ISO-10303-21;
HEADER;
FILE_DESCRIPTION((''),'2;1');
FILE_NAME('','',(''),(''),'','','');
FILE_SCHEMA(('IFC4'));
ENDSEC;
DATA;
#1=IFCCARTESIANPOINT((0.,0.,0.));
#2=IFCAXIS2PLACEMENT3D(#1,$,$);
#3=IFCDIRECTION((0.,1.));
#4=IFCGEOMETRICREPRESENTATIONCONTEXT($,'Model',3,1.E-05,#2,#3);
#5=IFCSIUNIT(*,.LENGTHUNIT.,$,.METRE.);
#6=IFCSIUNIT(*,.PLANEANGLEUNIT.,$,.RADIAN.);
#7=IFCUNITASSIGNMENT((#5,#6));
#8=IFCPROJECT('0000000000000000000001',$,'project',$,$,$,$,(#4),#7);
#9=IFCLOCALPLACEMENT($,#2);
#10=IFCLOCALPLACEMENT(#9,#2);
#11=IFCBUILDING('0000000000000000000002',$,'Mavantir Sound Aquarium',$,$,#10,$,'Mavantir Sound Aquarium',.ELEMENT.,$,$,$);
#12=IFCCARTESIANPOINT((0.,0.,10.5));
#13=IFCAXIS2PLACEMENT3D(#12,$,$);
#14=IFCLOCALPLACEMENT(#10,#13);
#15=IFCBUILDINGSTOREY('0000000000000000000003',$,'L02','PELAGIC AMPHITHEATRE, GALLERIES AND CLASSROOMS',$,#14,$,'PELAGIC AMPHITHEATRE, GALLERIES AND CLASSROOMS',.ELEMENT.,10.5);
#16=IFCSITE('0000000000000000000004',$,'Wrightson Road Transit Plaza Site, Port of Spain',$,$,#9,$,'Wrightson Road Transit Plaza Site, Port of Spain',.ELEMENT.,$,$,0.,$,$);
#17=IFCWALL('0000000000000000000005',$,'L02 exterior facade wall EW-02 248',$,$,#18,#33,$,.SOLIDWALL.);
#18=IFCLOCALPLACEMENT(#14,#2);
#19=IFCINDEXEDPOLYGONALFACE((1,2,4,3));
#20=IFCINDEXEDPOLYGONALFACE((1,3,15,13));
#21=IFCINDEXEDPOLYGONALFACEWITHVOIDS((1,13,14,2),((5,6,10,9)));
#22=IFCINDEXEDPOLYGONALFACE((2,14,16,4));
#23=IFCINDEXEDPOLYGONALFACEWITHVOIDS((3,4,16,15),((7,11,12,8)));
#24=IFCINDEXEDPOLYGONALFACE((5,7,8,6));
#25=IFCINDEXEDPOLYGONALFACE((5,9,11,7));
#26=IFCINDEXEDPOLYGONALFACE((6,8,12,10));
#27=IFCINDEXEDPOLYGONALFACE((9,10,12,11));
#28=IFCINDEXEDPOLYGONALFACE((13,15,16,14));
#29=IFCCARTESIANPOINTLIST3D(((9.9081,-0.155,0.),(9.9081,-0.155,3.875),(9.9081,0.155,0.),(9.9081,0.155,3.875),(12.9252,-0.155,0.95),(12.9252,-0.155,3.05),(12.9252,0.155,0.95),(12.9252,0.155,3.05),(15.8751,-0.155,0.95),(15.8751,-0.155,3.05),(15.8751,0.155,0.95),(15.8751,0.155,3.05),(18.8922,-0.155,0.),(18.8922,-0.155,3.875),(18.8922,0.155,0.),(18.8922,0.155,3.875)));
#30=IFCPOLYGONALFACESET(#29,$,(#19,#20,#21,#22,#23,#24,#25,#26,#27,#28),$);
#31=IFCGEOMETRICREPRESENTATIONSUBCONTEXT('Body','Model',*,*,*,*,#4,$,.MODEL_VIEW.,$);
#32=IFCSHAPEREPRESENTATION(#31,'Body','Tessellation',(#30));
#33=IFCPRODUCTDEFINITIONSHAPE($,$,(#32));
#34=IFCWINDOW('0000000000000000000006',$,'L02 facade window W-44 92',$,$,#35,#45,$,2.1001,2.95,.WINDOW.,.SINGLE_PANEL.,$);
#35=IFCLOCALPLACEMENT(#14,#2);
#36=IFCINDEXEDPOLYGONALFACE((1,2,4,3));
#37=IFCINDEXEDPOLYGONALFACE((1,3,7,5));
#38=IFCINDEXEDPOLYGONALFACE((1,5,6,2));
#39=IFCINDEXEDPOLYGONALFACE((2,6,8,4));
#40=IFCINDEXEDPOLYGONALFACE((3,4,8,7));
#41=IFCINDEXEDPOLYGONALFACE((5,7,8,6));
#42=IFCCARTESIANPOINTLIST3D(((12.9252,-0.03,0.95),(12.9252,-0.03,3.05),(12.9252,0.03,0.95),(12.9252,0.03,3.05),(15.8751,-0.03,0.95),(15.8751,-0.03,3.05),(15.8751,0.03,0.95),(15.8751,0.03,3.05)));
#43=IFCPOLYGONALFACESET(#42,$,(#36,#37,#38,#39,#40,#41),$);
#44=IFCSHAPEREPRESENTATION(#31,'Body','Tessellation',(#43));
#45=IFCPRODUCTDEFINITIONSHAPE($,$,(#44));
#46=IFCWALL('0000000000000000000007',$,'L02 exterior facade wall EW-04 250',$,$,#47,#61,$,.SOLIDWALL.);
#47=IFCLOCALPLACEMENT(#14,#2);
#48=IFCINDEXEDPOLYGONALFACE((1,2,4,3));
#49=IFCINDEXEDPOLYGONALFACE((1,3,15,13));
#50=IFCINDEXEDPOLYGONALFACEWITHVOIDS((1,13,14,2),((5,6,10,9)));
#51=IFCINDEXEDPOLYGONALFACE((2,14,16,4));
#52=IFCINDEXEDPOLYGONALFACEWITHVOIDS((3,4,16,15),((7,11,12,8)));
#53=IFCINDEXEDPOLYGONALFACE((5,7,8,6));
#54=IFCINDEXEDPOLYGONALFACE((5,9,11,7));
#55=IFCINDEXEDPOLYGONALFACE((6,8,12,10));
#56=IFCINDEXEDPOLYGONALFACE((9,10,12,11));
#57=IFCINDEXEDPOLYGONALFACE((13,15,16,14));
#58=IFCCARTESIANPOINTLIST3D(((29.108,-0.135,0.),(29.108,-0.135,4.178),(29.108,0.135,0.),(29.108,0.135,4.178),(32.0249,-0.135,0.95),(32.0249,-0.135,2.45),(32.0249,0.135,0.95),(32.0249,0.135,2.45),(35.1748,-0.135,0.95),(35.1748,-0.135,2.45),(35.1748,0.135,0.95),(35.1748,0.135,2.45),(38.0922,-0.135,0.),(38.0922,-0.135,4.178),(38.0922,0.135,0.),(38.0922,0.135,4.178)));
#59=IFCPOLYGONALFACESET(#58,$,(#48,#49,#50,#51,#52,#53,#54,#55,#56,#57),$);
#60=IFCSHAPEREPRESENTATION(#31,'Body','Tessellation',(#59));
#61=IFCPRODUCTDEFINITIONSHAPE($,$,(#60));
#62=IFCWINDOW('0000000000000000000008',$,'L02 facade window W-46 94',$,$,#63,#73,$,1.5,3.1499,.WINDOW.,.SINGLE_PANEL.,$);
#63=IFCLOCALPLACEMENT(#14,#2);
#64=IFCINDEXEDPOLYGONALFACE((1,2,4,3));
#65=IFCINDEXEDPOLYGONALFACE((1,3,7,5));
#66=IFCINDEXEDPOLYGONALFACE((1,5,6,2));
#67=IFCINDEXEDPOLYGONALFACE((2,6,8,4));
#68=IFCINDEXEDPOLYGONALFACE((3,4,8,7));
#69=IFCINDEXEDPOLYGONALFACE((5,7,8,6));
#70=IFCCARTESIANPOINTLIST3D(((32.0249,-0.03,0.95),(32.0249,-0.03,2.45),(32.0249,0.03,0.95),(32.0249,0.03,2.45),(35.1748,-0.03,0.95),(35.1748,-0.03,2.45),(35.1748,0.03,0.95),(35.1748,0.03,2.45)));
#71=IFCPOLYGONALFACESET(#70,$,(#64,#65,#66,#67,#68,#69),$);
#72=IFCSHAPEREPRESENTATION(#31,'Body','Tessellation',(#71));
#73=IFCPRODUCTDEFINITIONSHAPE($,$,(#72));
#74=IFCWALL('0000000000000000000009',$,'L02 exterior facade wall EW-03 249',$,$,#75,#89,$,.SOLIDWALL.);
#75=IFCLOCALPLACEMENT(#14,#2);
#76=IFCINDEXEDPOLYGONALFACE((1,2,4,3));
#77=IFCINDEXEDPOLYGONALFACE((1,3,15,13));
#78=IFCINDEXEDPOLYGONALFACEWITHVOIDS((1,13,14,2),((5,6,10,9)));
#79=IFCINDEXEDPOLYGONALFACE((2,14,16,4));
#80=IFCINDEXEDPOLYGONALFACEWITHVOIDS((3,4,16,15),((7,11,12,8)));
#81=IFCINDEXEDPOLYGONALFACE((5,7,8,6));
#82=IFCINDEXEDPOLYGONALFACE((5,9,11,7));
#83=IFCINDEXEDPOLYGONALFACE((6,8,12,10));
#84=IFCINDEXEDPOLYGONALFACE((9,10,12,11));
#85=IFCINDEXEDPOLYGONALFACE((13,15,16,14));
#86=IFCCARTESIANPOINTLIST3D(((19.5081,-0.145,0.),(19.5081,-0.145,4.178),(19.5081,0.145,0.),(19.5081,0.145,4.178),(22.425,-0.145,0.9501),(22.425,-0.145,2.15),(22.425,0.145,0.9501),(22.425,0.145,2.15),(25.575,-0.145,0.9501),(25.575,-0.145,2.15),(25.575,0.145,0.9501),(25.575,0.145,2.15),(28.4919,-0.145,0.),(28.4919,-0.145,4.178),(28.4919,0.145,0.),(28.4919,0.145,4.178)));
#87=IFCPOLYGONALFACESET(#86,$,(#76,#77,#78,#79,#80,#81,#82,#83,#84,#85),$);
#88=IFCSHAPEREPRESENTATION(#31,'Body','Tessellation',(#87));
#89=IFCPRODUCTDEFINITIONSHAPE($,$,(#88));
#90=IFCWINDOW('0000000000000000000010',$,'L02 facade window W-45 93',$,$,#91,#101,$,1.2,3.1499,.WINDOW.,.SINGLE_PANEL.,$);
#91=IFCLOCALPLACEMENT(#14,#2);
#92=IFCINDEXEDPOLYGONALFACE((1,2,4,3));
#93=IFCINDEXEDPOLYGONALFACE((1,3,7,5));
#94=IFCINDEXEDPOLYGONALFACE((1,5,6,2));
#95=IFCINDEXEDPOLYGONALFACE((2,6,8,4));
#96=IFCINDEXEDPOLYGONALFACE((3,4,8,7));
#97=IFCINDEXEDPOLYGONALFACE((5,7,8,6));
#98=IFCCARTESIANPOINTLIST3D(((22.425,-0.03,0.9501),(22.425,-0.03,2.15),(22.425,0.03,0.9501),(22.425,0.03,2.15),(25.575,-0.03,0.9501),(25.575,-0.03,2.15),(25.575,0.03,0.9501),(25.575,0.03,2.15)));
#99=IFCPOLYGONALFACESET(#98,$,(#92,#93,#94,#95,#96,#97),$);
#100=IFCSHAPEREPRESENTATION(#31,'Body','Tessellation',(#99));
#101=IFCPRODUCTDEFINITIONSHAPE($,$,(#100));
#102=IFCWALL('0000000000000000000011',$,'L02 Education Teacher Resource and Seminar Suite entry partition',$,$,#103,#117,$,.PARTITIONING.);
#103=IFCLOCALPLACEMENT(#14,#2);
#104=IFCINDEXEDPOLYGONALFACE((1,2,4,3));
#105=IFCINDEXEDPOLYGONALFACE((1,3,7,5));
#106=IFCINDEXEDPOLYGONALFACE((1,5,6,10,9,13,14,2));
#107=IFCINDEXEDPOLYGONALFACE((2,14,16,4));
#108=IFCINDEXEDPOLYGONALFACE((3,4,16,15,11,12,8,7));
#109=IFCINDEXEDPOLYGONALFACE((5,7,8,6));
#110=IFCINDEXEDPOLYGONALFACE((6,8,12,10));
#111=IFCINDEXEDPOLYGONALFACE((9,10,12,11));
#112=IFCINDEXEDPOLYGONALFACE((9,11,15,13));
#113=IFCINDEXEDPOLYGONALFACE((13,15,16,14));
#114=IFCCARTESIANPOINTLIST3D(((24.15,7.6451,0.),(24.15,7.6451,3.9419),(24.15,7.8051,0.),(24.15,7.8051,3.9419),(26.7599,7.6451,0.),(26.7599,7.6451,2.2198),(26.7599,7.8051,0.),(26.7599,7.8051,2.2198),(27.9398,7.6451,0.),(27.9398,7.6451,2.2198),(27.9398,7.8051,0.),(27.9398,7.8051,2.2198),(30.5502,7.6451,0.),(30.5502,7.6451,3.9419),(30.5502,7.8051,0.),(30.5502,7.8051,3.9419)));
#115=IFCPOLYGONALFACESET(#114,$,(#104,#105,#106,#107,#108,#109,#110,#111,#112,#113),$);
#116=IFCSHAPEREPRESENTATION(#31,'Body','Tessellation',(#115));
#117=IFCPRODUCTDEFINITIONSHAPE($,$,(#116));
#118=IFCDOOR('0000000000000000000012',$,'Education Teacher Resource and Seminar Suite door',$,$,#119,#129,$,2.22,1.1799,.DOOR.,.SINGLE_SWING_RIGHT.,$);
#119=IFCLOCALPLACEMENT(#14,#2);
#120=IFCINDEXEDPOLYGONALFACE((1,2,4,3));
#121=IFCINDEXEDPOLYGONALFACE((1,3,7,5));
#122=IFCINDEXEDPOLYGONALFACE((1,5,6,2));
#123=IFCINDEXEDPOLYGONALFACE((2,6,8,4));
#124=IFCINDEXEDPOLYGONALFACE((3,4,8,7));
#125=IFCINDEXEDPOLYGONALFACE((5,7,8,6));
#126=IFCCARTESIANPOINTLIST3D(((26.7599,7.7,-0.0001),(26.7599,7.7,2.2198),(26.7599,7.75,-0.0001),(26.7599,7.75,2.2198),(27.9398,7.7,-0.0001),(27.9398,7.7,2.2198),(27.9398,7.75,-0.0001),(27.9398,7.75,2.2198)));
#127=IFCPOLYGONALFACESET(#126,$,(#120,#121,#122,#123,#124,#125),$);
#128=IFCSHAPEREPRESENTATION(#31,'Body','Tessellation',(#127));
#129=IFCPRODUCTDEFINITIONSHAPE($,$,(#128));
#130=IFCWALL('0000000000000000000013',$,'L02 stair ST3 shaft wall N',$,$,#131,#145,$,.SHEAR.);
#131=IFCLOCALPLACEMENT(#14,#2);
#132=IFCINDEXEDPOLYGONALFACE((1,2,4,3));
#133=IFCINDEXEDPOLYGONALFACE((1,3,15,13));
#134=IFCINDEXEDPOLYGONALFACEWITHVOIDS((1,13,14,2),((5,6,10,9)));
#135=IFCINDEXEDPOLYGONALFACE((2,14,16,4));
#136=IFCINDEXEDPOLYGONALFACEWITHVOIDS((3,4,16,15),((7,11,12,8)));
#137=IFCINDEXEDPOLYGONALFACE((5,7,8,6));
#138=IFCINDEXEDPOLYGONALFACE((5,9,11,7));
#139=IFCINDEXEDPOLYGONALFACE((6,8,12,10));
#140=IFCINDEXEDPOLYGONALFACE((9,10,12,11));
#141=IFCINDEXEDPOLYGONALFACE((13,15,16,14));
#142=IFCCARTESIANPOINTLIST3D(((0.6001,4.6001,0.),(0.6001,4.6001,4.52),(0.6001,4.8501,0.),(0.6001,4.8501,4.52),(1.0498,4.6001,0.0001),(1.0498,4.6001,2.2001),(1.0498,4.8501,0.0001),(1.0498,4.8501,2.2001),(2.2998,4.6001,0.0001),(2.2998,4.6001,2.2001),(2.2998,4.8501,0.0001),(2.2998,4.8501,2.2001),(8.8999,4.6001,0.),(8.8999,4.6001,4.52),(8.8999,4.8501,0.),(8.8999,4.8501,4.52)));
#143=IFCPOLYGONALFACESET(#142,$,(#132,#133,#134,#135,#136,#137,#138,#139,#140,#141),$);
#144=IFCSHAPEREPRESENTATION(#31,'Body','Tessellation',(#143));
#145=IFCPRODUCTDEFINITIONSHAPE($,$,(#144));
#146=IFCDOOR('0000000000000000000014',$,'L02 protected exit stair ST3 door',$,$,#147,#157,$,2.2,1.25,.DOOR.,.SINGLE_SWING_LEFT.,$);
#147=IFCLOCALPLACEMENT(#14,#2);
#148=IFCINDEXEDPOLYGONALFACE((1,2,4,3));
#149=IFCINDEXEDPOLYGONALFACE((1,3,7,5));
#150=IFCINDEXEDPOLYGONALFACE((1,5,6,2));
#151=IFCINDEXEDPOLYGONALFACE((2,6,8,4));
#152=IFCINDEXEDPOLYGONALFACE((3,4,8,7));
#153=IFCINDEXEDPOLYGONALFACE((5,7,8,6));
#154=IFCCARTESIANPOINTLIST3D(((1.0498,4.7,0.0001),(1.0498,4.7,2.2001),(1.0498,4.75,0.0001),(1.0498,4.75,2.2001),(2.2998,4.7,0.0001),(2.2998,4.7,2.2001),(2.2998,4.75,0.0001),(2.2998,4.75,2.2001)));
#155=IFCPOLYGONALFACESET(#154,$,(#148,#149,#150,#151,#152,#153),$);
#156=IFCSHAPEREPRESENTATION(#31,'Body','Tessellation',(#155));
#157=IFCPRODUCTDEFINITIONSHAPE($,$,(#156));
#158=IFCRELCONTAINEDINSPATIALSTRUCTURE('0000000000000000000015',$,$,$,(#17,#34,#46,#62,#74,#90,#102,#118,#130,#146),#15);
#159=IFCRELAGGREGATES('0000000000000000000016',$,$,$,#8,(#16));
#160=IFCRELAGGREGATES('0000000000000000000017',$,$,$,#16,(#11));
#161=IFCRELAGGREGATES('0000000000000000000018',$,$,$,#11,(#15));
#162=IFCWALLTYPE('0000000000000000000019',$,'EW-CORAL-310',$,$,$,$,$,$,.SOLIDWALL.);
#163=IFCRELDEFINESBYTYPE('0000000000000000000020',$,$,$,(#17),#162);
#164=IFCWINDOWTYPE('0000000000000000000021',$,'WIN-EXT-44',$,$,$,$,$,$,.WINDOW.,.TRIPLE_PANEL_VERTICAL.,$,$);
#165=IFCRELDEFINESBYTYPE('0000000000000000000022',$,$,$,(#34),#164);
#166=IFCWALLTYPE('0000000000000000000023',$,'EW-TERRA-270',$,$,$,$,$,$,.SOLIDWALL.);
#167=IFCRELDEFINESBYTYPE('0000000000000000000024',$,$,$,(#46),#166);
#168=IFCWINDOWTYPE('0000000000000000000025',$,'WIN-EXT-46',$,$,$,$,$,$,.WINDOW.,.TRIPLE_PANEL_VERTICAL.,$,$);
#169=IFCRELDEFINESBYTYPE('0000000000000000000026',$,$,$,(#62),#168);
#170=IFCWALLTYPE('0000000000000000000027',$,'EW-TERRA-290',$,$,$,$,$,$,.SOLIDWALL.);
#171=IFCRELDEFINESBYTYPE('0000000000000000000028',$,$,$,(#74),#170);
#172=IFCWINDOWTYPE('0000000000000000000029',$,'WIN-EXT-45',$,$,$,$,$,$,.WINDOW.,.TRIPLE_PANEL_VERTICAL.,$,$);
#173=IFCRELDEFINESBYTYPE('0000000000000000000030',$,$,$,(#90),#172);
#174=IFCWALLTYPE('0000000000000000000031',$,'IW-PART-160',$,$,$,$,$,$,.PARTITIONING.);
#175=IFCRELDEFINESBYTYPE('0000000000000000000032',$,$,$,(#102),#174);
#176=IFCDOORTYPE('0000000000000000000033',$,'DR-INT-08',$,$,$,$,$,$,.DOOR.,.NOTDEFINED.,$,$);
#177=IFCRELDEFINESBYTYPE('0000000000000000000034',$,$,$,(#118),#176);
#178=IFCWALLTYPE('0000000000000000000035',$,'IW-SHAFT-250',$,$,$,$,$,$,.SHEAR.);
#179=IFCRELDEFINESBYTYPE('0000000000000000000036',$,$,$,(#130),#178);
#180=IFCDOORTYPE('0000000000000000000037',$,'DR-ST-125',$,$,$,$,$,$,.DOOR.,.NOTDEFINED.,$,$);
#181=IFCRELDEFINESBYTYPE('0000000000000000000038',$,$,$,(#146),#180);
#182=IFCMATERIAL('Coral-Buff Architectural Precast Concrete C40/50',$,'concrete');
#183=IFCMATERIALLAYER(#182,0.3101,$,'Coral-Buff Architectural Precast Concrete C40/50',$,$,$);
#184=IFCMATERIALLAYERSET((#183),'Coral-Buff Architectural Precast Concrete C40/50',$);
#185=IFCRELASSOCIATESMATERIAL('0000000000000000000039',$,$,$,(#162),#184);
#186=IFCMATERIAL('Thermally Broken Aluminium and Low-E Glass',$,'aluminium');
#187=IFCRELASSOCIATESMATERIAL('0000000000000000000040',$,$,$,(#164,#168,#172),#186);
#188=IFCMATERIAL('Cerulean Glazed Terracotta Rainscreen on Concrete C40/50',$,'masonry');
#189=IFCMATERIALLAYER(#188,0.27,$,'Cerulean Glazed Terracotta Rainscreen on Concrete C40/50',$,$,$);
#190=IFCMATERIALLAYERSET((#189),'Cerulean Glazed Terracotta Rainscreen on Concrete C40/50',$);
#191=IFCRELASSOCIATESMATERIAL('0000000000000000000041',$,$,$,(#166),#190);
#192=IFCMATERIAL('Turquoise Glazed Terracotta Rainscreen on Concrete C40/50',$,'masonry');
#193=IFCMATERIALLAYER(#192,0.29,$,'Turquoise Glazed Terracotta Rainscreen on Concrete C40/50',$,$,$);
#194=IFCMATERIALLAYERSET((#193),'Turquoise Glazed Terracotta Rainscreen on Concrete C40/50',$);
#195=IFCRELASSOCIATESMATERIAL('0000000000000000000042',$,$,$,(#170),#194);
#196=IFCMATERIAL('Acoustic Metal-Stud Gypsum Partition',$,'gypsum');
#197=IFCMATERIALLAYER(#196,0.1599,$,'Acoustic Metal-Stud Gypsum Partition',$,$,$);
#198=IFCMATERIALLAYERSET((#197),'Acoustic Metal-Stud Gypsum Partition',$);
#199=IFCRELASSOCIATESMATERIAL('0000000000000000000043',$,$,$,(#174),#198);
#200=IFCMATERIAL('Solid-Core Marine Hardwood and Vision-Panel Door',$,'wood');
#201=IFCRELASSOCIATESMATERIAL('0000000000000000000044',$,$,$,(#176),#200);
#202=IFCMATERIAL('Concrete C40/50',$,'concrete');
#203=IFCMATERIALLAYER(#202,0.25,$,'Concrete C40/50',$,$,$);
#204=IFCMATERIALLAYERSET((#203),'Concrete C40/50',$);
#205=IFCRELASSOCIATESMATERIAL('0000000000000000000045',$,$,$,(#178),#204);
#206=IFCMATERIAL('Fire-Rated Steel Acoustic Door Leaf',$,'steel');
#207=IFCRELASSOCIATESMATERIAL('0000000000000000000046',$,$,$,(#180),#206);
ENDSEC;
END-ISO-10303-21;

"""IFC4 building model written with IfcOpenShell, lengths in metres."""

from ifc_helpers import new_model, si_unit, direction, frame, frame_2d, origin, place, context, subcontext, project, spatial, rectangle, extrude, material, layer, layer_set, type_object, element, fill, save


model = new_model("IFC4")

# Units and contexts
model_context = context("Model", 3, precision=1e-05, world=origin(), true_north=direction((0.0, 1.0)))
body_context = subcontext(model_context, "Body", "Model", "MODEL_VIEW")
ifc_project = project(units=[si_unit("LENGTHUNIT", "METRE"), si_unit("PLANEANGLEUNIT", "RADIAN")], contexts=[model_context])

# Site, building, storey
site_placement = place(None, origin())
site = spatial("IfcSite", under=ifc_project, at=site_placement, Name="Wrightson Road Transit Plaza Site, Port of Spain", LongName="Wrightson Road Transit Plaza Site, Port of Spain", CompositionType="ELEMENT", RefElevation=0.0)
building_placement = place(site_placement, origin())
building = spatial("IfcBuilding", under=site, at=building_placement, Name="Mavantir Sound Aquarium", LongName="Mavantir Sound Aquarium", CompositionType="ELEMENT")
storey_placement = place(building_placement, frame((0.0, 0.0, 10.5)))
storey = spatial("IfcBuildingStorey", under=building, at=storey_placement, Name="L02", Description="PELAGIC AMPHITHEATRE, GALLERIES AND CLASSROOMS", LongName="PELAGIC AMPHITHEATRE, GALLERIES AND CLASSROOMS", CompositionType="ELEMENT", Elevation=10.5)

# Shared definitions
ifc_material_1 = material(Name="Concrete C40/50", Category="concrete")

# Walls, openings, windows
ifc_material_2 = material(Name="Coral-Buff Architectural Precast Concrete C40/50", Category="concrete")
ifc_layer_1 = layer(ifc_material_2, 0.3101, Name="Coral-Buff Architectural Precast Concrete C40/50")
ifc_layer_set_1 = layer_set([ifc_layer_1], Name="Coral-Buff Architectural Precast Concrete C40/50")
wall_type_1 = type_object("IfcWallType", Name="EW-CORAL-310", PredefinedType="SOLIDWALL", material=ifc_layer_set_1)
wall_1_placement = place(storey_placement, frame((9.908, 0.0, 0.0), z_axis=(0.0, 0.0, 1.0), x_axis=(1.0, 0.0, 0.0)))
wall_1 = element("IfcWall", 1, at=wall_1_placement, inside=storey, type_object=wall_type_1, Name="L02 exterior facade wall EW-02 248", PredefinedType="SOLIDWALL", context=body_context, shape_type="SweptSolid", body=[
    extrude(rectangle(XDim=8.9841, YDim=0.3101, at=frame_2d((4.4922, 0.0))), origin(), (0.0, 0.0, 1.0), 3.875),
])
opening_1_placement = place(wall_1_placement, frame((3.0171, 0.0, 0.95)))
opening_1 = element("IfcOpeningElement", 2, at=opening_1_placement, cuts=wall_1, PredefinedType="OPENING", context=body_context, shape_type="SweptSolid", body=[
    extrude(rectangle(XDim=2.95, YDim=2.1001, at=frame_2d((1.4751, 1.05))), frame((0.0, 0.165, 0.0), z_axis=(0.0, -1.0, 0.0), x_axis=(1.0, 0.0, 0.0)), (0.0, 0.0, 1.0), 0.3301),
])
ifc_material_3 = material(Name="Thermally Broken Aluminium and Low-E Glass", Category="aluminium")
window_type_1 = type_object("IfcWindowType", Name="WIN-EXT-44", PartitioningType="TRIPLE_PANEL_VERTICAL", PredefinedType="WINDOW", material=ifc_material_3)
window_1_placement = place(opening_1_placement, origin())
window_1 = element("IfcWindow", 3, at=window_1_placement, inside=storey, type_object=window_type_1, Name="L02 facade window W-44 92", OverallHeight=2.1001, OverallWidth=2.95, PartitioningType="SINGLE_PANEL", PredefinedType="WINDOW", context=body_context, shape_type="SweptSolid", body=[
    extrude(rectangle(XDim=2.95, YDim=2.1001, at=frame_2d((1.4751, 1.05))), frame((0.0, 0.03, 0.0), z_axis=(0.0, -1.0, 0.0), x_axis=(1.0, 0.0, 0.0)), (0.0, 0.0, 1.0), 0.0601),
])
fill(opening_1, window_1)
ifc_material_4 = material(Name="Cerulean Glazed Terracotta Rainscreen on Concrete C40/50", Category="masonry")
ifc_layer_2 = layer(ifc_material_4, 0.27, Name="Cerulean Glazed Terracotta Rainscreen on Concrete C40/50")
ifc_layer_set_2 = layer_set([ifc_layer_2], Name="Cerulean Glazed Terracotta Rainscreen on Concrete C40/50")
wall_type_2 = type_object("IfcWallType", Name="EW-TERRA-270", PredefinedType="SOLIDWALL", material=ifc_layer_set_2)
wall_2_placement = place(storey_placement, frame((29.1079, 0.0, 0.0), z_axis=(0.0, 0.0, 1.0), x_axis=(1.0, 0.0, 0.0)))
wall_2 = element("IfcWall", 4, at=wall_2_placement, inside=storey, type_object=wall_type_2, Name="L02 exterior facade wall EW-04 250", PredefinedType="SOLIDWALL", context=body_context, shape_type="SweptSolid", body=[
    extrude(rectangle(XDim=8.9841, YDim=0.27, at=frame_2d((4.4922, 0.0))), origin(), (0.0, 0.0, 1.0), 4.178),
])
opening_2_placement = place(wall_2_placement, frame((2.917, 0.0, 0.95)))
opening_2 = element("IfcOpeningElement", 5, at=opening_2_placement, cuts=wall_2, PredefinedType="OPENING", context=body_context, shape_type="SweptSolid", body=[
    extrude(rectangle(XDim=3.1499, YDim=1.5, at=frame_2d((1.575, 0.75))), frame((0.0, 0.145, 0.0), z_axis=(0.0, -1.0, 0.0), x_axis=(1.0, 0.0, 0.0)), (0.0, 0.0, 1.0), 0.29),
])
window_type_2 = type_object("IfcWindowType", Name="WIN-EXT-46", PartitioningType="TRIPLE_PANEL_VERTICAL", PredefinedType="WINDOW", material=ifc_material_3)
window_2_placement = place(opening_2_placement, origin())
window_2 = element("IfcWindow", 6, at=window_2_placement, inside=storey, type_object=window_type_2, Name="L02 facade window W-46 94", OverallHeight=1.5, OverallWidth=3.1499, PartitioningType="SINGLE_PANEL", PredefinedType="WINDOW", context=body_context, shape_type="SweptSolid", body=[
    extrude(rectangle(XDim=3.1499, YDim=1.5, at=frame_2d((1.575, 0.75))), frame((0.0, 0.03, 0.0), z_axis=(0.0, -1.0, 0.0), x_axis=(1.0, 0.0, 0.0)), (0.0, 0.0, 1.0), 0.0601),
])
fill(opening_2, window_2)
ifc_material_5 = material(Name="Turquoise Glazed Terracotta Rainscreen on Concrete C40/50", Category="masonry")
ifc_layer_3 = layer(ifc_material_5, 0.29, Name="Turquoise Glazed Terracotta Rainscreen on Concrete C40/50")
ifc_layer_set_3 = layer_set([ifc_layer_3], Name="Turquoise Glazed Terracotta Rainscreen on Concrete C40/50")
wall_type_3 = type_object("IfcWallType", Name="EW-TERRA-290", PredefinedType="SOLIDWALL", material=ifc_layer_set_3)
wall_3_placement = place(storey_placement, frame((19.5081, 0.0, 0.0), z_axis=(0.0, 0.0, 1.0), x_axis=(1.0, 0.0, 0.0)))
wall_3 = element("IfcWall", 7, at=wall_3_placement, inside=storey, type_object=wall_type_3, Name="L02 exterior facade wall EW-03 249", PredefinedType="SOLIDWALL", context=body_context, shape_type="SweptSolid", body=[
    extrude(rectangle(XDim=8.9839, YDim=0.29, at=frame_2d((4.4919, 0.0))), origin(), (0.0, 0.0, 1.0), 4.178),
])
opening_3_placement = place(wall_3_placement, frame((2.917, 0.0, 0.95)))
opening_3 = element("IfcOpeningElement", 8, at=opening_3_placement, cuts=wall_3, PredefinedType="OPENING", context=body_context, shape_type="SweptSolid", body=[
    extrude(rectangle(XDim=3.1499, YDim=1.2, at=frame_2d((1.575, 0.6001))), frame((0.0, 0.155, 0.0), z_axis=(0.0, -1.0, 0.0), x_axis=(1.0, 0.0, 0.0)), (0.0, 0.0, 1.0), 0.3101),
])
window_type_3 = type_object("IfcWindowType", Name="WIN-EXT-45", PartitioningType="TRIPLE_PANEL_VERTICAL", PredefinedType="WINDOW", material=ifc_material_3)
window_3_placement = place(opening_3_placement, origin())
window_3 = element("IfcWindow", 9, at=window_3_placement, inside=storey, type_object=window_type_3, Name="L02 facade window W-45 93", OverallHeight=1.2, OverallWidth=3.1499, PartitioningType="SINGLE_PANEL", PredefinedType="WINDOW", context=body_context, shape_type="SweptSolid", body=[
    extrude(rectangle(XDim=3.1499, YDim=1.2, at=frame_2d((1.575, 0.6001))), frame((0.0, 0.03, 0.0), z_axis=(0.0, -1.0, 0.0), x_axis=(1.0, 0.0, 0.0)), (0.0, 0.0, 1.0), 0.0601),
])
fill(opening_3, window_3)

# Walls, openings, doors
ifc_material_6 = material(Name="Acoustic Metal-Stud Gypsum Partition", Category="gypsum")
ifc_layer_4 = layer(ifc_material_6, 0.1599, Name="Acoustic Metal-Stud Gypsum Partition")
ifc_layer_set_4 = layer_set([ifc_layer_4], Name="Acoustic Metal-Stud Gypsum Partition")
wall_type_4 = type_object("IfcWallType", Name="IW-PART-160", PredefinedType="PARTITIONING", material=ifc_layer_set_4)
wall_4_placement = place(storey_placement, frame((24.1499, 7.7251, 0.0), z_axis=(0.0, 0.0, 1.0), x_axis=(1.0, 0.0, 0.0)))
wall_4 = element("IfcWall", 10, at=wall_4_placement, inside=storey, type_object=wall_type_4, Name="L02 Education Teacher Resource and Seminar Suite entry partition", PredefinedType="PARTITIONING", context=body_context, shape_type="SweptSolid", body=[
    extrude(rectangle(XDim=6.4001, YDim=0.1599, at=frame_2d((3.2002, 0.0))), origin(), (0.0, 0.0, 1.0), 3.9419),
])
opening_4_placement = place(wall_4_placement, frame((2.6101, 0.0, 0.0)))
opening_4 = element("IfcOpeningElement", 11, at=opening_4_placement, cuts=wall_4, PredefinedType="OPENING", context=body_context, shape_type="SweptSolid", body=[
    extrude(rectangle(XDim=1.1799, YDim=2.22, at=frame_2d((0.5898, 1.1099))), frame((0.0, 0.0898, 0.0), z_axis=(0.0, -1.0, 0.0), x_axis=(1.0, 0.0, 0.0)), (0.0, 0.0, 1.0), 0.1799),
])
ifc_material_7 = material(Name="Solid-Core Marine Hardwood and Vision-Panel Door", Category="wood")
door_type_1 = type_object("IfcDoorType", Name="DR-INT-08", OperationType="NOTDEFINED", PredefinedType="DOOR", material=ifc_material_7)
door_1_placement = place(opening_4_placement, origin())
door_1 = element("IfcDoor", 12, at=door_1_placement, inside=storey, type_object=door_type_1, Name="Education Teacher Resource and Seminar Suite door", OperationType="SINGLE_SWING_RIGHT", OverallHeight=2.22, OverallWidth=1.1799, PredefinedType="DOOR", context=body_context, shape_type="SweptSolid", body=[
    extrude(rectangle(XDim=1.1799, YDim=2.22, at=frame_2d((0.5898, 1.1099))), frame((0.0, 0.0249, 0.0), z_axis=(0.0, -1.0, 0.0), x_axis=(1.0, 0.0, 0.0)), (0.0, 0.0, 1.0), 0.05),
])
fill(opening_4, door_1)
ifc_layer_5 = layer(ifc_material_1, 0.25, Name="Concrete C40/50")
ifc_layer_set_5 = layer_set([ifc_layer_5], Name="Concrete C40/50")
wall_type_5 = type_object("IfcWallType", Name="IW-SHAFT-250", PredefinedType="SHEAR", material=ifc_layer_set_5)
wall_5_placement = place(storey_placement, frame((8.8999, 4.7251, 0.0), z_axis=(0.0, 0.0, 1.0), x_axis=(-1.0, 0.0, 0.0)))
wall_5 = element("IfcWall", 13, at=wall_5_placement, inside=storey, type_object=wall_type_5, Name="L02 stair ST3 shaft wall N", PredefinedType="SHEAR", context=body_context, shape_type="SweptSolid", body=[
    extrude(rectangle(XDim=8.2998, YDim=0.25, at=frame_2d((4.1499, 0.0))), origin(), (0.0, 0.0, 1.0), 4.52),
])
opening_5_placement = place(wall_5_placement, frame((7.8501, 0.0, 0.0), z_axis=(0.0, 0.0, 1.0), x_axis=(-1.0, 0.0, 0.0)))
opening_5 = element("IfcOpeningElement", 14, at=opening_5_placement, cuts=wall_5, PredefinedType="OPENING", context=body_context, shape_type="SweptSolid", body=[
    extrude(rectangle(XDim=1.25, YDim=2.2, at=frame_2d((0.625, 1.1001))), frame((0.0, 0.135, 0.0), z_axis=(0.0, -1.0, 0.0), x_axis=(1.0, 0.0, 0.0)), (0.0, 0.0, 1.0), 0.27),
])
ifc_material_8 = material(Name="Fire-Rated Steel Acoustic Door Leaf", Category="steel")
door_type_2 = type_object("IfcDoorType", Name="DR-ST-125", OperationType="NOTDEFINED", PredefinedType="DOOR", material=ifc_material_8)
door_2_placement = place(opening_5_placement, origin())
door_2 = element("IfcDoor", 15, at=door_2_placement, inside=storey, type_object=door_type_2, Name="L02 protected exit stair ST3 door", OperationType="SINGLE_SWING_LEFT", OverallHeight=2.2, OverallWidth=1.25, PredefinedType="DOOR", context=body_context, shape_type="SweptSolid", body=[
    extrude(rectangle(XDim=1.25, YDim=2.2, at=frame_2d((0.625, 1.1001))), frame((0.0, 0.0249, 0.0), z_axis=(0.0, -1.0, 0.0), x_axis=(1.0, 0.0, 0.0)), (0.0, 0.0, 1.0), 0.05),
])
fill(opening_5, door_2)

save(model, "model.ifc")
